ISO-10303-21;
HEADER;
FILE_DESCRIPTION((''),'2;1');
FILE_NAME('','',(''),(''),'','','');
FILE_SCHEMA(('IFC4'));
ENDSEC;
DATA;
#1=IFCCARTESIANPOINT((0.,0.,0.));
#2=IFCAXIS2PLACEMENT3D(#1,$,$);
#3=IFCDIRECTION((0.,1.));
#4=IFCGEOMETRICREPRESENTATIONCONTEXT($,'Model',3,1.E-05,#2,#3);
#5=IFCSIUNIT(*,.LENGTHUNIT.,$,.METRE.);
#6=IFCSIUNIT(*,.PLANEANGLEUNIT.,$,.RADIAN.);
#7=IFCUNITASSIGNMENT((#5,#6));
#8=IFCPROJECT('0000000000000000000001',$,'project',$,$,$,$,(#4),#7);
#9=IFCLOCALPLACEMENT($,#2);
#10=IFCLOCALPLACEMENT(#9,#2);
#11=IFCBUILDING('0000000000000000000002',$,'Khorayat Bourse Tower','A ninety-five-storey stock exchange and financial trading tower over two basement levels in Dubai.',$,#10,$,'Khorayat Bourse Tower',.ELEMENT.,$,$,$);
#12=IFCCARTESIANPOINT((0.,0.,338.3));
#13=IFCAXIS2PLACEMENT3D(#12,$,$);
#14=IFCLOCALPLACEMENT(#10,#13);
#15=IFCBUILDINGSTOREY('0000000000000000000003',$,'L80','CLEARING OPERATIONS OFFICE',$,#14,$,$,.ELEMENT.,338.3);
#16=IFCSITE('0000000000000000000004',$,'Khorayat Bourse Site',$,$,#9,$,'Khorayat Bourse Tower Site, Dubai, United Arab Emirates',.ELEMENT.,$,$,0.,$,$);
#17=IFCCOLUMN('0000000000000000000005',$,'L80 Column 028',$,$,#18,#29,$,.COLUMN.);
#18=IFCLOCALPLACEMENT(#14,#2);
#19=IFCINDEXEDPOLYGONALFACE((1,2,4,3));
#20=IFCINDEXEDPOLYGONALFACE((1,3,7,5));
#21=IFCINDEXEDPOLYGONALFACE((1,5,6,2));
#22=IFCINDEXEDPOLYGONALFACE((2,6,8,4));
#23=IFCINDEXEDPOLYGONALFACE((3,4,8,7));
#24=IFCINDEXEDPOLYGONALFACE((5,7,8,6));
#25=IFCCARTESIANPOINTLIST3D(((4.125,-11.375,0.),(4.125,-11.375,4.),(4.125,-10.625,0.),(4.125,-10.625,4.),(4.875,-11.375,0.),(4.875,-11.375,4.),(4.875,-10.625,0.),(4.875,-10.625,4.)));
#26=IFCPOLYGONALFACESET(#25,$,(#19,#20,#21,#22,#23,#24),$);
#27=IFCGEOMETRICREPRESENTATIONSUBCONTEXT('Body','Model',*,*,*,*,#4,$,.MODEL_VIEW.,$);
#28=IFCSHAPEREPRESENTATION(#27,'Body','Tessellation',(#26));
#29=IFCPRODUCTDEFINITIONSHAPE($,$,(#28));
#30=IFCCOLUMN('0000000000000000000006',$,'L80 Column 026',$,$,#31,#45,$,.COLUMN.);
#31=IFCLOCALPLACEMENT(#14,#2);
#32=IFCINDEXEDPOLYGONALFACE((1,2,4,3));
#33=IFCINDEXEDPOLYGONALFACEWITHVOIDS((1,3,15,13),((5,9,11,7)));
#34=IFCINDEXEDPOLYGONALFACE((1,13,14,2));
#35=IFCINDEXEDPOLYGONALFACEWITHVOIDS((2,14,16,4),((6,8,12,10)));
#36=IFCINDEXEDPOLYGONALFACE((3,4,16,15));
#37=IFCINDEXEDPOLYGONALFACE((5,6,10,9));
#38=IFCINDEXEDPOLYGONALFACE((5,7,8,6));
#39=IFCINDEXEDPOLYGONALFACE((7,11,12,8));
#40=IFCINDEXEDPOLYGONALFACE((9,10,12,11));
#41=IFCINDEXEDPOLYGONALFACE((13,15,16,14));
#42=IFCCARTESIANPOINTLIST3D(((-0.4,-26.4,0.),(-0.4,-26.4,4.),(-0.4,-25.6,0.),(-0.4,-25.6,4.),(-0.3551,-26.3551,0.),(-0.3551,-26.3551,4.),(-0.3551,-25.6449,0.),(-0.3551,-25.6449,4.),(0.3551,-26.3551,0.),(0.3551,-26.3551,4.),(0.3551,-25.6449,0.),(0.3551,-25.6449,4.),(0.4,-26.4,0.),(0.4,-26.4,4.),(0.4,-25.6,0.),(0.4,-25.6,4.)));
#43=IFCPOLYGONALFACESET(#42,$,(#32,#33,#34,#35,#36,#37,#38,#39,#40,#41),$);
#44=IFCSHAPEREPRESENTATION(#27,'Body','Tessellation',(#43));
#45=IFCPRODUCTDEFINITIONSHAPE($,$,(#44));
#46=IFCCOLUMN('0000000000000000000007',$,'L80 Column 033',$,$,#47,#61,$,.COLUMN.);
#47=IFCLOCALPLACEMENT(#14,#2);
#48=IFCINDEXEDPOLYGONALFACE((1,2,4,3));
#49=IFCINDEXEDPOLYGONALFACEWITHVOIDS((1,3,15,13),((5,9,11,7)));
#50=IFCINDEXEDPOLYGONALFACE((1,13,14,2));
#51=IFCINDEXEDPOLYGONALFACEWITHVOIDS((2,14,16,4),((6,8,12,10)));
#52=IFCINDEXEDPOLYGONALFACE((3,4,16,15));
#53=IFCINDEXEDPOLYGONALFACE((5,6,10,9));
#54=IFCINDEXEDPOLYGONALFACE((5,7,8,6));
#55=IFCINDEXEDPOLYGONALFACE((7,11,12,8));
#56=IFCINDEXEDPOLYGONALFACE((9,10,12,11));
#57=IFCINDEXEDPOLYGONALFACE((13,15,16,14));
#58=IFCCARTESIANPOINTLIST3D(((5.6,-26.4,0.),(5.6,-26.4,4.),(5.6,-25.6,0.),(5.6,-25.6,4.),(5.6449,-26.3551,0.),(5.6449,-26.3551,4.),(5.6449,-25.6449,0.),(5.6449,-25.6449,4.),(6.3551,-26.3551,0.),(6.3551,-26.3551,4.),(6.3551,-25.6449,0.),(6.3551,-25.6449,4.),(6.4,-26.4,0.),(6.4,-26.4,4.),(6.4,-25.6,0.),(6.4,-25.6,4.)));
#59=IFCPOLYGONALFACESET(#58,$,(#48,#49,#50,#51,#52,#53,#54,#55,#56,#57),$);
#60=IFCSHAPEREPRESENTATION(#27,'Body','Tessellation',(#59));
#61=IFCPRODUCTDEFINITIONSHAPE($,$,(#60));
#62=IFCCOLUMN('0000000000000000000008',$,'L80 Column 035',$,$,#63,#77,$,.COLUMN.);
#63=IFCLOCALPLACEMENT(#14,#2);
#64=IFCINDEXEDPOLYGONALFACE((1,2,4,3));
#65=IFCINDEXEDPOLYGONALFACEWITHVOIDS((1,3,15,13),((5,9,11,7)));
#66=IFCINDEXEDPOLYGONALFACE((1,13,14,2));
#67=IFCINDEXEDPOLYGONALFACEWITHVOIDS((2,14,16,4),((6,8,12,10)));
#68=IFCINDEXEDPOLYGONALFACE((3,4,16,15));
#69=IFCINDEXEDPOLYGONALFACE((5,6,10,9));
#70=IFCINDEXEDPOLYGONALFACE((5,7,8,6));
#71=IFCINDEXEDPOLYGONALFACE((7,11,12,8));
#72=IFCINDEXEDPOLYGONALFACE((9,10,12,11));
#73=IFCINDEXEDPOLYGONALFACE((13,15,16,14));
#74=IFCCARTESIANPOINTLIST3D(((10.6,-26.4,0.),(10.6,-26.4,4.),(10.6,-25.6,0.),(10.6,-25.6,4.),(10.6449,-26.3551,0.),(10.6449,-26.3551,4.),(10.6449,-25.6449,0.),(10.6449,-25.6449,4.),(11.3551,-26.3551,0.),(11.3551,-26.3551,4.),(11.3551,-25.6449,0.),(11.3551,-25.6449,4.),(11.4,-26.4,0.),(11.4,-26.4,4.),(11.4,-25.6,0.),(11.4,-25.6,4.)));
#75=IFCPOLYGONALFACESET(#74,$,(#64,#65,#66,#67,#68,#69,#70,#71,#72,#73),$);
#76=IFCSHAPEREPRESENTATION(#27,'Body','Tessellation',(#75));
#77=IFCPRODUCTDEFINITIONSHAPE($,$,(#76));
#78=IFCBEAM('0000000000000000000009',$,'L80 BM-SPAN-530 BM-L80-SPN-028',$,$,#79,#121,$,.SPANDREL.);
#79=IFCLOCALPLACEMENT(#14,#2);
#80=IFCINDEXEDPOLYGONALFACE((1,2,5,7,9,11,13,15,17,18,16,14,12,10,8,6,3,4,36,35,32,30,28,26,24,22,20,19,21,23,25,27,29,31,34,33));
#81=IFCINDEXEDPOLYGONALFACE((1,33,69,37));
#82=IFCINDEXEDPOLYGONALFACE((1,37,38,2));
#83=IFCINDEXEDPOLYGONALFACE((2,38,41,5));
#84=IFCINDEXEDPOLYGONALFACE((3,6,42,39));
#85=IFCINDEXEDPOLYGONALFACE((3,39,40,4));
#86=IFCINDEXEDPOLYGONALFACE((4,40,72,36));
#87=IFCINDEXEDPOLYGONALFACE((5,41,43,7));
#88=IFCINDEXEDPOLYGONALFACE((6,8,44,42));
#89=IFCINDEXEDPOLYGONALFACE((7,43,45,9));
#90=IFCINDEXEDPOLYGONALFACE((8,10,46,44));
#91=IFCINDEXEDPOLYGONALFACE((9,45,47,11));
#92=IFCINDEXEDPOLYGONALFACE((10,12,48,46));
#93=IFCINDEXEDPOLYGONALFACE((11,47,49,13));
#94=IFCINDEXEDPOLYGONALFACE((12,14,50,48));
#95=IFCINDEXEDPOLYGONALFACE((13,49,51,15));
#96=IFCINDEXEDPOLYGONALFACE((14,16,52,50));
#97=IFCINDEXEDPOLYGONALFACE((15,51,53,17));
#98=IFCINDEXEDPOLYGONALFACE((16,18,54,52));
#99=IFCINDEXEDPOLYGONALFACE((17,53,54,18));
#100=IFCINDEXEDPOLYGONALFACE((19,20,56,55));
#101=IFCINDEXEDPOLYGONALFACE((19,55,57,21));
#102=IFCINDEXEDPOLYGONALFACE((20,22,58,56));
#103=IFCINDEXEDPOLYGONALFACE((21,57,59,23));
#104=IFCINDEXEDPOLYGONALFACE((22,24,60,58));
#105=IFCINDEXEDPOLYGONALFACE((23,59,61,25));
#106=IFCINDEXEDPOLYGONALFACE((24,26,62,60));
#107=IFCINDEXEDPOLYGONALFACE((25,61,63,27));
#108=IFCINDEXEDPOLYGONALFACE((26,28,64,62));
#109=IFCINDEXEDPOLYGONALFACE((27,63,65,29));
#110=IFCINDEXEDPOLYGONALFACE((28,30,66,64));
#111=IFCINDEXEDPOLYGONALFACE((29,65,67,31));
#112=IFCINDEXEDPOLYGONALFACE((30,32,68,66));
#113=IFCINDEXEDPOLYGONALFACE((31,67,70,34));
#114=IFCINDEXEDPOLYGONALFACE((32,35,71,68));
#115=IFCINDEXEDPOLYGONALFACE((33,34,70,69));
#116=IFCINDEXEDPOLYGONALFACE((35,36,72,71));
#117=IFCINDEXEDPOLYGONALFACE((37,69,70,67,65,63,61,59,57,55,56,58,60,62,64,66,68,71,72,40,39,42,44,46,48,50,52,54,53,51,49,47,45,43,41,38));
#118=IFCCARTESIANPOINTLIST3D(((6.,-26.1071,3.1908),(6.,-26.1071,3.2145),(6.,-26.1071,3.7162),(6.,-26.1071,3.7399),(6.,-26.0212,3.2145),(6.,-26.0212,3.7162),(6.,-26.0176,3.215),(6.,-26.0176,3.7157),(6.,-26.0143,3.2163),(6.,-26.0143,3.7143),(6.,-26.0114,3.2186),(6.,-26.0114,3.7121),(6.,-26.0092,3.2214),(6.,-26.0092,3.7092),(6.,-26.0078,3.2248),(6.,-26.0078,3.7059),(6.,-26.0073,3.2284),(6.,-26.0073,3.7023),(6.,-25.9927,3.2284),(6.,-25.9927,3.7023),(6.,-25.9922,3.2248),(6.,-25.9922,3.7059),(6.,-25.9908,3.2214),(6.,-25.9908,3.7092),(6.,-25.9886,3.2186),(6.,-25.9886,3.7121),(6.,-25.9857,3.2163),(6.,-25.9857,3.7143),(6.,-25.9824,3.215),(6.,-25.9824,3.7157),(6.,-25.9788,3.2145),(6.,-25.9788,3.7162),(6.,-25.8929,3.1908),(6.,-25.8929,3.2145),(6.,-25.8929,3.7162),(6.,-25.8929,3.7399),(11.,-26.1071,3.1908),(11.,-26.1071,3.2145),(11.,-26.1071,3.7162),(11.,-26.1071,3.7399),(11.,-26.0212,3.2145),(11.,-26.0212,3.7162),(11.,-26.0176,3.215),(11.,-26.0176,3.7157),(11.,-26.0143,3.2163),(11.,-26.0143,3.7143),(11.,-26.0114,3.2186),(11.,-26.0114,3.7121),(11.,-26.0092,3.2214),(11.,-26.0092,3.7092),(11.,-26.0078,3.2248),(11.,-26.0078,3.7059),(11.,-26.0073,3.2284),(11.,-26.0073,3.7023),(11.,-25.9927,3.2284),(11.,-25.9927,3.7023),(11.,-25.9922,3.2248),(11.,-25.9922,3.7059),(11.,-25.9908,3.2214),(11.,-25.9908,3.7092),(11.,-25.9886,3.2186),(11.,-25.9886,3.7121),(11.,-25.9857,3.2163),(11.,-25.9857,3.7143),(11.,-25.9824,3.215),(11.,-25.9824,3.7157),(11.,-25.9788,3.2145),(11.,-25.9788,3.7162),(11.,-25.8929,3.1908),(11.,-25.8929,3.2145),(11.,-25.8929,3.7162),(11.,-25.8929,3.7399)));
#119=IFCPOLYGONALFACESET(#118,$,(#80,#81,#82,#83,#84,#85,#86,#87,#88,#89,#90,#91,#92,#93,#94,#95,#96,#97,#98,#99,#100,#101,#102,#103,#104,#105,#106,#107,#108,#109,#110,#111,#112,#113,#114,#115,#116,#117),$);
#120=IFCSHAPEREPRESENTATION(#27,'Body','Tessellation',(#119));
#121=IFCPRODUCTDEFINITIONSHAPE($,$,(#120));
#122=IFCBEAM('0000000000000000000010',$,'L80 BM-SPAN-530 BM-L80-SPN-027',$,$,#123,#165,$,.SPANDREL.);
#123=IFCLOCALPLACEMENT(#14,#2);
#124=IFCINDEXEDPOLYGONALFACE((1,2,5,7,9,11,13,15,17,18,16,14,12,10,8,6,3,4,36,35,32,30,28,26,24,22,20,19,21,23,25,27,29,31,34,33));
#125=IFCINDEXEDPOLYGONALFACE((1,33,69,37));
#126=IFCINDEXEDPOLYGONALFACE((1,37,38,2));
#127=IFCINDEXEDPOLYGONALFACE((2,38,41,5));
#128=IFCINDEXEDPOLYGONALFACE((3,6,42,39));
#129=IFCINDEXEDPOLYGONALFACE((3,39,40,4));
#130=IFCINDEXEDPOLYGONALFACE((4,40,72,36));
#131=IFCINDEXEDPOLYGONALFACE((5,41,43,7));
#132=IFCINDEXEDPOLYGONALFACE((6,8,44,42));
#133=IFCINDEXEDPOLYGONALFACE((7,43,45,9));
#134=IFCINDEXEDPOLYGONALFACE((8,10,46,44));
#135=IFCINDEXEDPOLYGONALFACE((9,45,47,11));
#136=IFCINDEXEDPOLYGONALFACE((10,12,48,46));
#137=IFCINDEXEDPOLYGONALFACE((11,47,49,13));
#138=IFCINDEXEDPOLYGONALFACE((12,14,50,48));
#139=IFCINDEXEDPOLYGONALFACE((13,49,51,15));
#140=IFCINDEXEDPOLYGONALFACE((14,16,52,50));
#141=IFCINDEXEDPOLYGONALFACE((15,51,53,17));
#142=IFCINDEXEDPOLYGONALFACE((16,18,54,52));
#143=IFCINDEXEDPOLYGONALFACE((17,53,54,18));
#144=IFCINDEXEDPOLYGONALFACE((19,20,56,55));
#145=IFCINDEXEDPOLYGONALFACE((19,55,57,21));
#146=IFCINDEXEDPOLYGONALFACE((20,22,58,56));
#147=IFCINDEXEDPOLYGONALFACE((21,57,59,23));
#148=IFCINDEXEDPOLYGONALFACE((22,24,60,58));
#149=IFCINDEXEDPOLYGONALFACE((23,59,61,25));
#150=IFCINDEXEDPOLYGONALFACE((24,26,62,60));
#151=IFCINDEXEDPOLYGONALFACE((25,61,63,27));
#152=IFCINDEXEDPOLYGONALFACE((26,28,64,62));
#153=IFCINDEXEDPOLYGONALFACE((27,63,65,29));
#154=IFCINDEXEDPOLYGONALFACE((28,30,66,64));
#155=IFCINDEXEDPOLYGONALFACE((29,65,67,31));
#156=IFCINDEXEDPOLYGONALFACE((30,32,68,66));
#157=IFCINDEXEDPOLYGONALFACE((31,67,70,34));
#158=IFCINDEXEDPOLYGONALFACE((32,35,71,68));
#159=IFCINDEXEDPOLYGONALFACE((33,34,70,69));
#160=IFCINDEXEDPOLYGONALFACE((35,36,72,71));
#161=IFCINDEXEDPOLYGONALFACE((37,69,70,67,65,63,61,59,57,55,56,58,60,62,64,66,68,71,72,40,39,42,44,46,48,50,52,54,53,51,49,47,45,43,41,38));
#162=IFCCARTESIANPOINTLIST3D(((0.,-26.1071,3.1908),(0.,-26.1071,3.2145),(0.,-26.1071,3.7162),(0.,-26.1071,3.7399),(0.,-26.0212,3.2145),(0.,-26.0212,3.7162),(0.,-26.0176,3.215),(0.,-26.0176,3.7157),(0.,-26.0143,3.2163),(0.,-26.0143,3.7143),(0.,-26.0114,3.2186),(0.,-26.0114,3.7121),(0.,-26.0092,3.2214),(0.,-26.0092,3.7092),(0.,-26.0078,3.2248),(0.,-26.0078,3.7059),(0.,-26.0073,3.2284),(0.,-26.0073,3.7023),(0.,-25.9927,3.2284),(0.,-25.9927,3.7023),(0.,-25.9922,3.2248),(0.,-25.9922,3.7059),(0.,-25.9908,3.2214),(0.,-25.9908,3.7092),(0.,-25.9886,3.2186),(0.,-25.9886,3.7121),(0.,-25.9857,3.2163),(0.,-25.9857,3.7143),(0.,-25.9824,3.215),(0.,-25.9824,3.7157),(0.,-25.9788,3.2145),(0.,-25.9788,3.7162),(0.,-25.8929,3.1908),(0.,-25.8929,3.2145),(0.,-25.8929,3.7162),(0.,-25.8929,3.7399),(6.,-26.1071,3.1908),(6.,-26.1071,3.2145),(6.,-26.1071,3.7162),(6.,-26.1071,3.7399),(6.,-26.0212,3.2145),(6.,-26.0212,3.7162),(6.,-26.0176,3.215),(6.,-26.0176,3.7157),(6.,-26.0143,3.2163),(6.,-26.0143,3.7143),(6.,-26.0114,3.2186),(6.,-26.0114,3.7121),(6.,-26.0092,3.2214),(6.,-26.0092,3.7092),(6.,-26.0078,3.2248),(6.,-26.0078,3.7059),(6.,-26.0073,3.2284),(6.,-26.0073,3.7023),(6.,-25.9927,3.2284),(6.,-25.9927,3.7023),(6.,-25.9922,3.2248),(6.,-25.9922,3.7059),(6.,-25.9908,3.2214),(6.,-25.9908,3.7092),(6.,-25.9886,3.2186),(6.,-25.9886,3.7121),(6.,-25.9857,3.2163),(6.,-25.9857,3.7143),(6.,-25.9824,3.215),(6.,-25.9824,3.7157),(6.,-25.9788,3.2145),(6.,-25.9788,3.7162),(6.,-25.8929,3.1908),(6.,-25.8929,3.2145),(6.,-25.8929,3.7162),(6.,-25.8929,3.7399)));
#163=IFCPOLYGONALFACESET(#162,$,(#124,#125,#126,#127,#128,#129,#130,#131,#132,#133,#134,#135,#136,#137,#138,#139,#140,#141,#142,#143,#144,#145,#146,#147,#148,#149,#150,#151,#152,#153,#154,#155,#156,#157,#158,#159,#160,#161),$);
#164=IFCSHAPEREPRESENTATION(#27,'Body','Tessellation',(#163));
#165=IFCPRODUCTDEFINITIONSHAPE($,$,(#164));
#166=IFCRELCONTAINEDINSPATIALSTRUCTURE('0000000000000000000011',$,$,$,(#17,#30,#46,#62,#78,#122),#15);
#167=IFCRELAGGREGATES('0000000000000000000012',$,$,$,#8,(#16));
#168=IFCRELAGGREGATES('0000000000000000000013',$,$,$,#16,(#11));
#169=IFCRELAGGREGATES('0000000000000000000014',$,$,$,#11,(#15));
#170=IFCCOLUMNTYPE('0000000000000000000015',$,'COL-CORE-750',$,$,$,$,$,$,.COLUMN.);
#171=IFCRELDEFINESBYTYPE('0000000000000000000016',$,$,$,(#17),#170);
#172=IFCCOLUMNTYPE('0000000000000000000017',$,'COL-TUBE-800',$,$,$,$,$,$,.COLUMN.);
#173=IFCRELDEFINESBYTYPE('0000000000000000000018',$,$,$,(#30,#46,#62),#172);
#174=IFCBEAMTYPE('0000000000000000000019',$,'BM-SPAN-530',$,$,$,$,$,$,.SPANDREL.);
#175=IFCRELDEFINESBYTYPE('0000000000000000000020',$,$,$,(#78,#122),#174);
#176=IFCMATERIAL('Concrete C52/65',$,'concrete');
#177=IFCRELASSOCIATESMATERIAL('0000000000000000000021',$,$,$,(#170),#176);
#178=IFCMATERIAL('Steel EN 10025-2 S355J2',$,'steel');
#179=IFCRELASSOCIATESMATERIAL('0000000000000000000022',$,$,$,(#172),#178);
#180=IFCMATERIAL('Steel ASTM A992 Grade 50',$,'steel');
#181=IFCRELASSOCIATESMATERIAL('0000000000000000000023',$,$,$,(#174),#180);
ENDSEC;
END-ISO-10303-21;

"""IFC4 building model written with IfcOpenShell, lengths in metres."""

from ifc_helpers import new_model, si_unit, direction, frame, origin, origin_2d, place, context, subcontext, project, spatial, rectangle, hollow_rectangle, i_section, extrude, source, transform, mapped, material, material_profile, profile_set, type_object, element, save


model = new_model("IFC4")

# Units and contexts
model_context = context("Model", 3, precision=1e-05, world=origin(), true_north=direction((0.0, 1.0)))
body_context = subcontext(model_context, "Body", "Model", "MODEL_VIEW")
ifc_project = project(units=[si_unit("LENGTHUNIT", "METRE"), si_unit("PLANEANGLEUNIT", "RADIAN")], contexts=[model_context])

# Site, building, storey
site_placement = place(None, origin())
site = spatial("IfcSite", under=ifc_project, at=site_placement, Name="Khorayat Bourse Site", LongName="Khorayat Bourse Tower Site, Dubai, United Arab Emirates", CompositionType="ELEMENT", RefElevation=0.0)
building_placement = place(site_placement, origin())
building = spatial("IfcBuilding", under=site, at=building_placement, Name="Khorayat Bourse Tower", Description="A ninety-five-storey stock exchange and financial trading tower over two basement levels in Dubai.", LongName="Khorayat Bourse Tower", CompositionType="ELEMENT")
storey_placement = place(building_placement, frame((0.0, 0.0, 338.3)))
storey = spatial("IfcBuildingStorey", under=building, at=storey_placement, Name="L80", Description="CLEARING OPERATIONS OFFICE", CompositionType="ELEMENT", Elevation=338.3)

# Columns
ifc_material_1 = material(Name="Concrete C52/65", Category="concrete")
ifc_material_profile_1 = material_profile(ifc_material_1, rectangle(XDim=0.75, YDim=0.75, at=origin_2d()), Name="RC 750x750")
ifc_profile_set_1 = profile_set([ifc_material_profile_1], Name="Concrete C52/65")
column_type_1 = type_object("IfcColumnType", Name="COL-CORE-750", PredefinedType="COLUMN", material=ifc_profile_set_1)
shared_shape_1 = source(origin(), body_context, "Body", "SweptSolid", [
    extrude(rectangle(XDim=0.75, YDim=0.75, at=origin_2d()), origin(), (0.0, 0.0, 1.0), 4.0),
])
column_placement = place(storey_placement, frame((4.5, -11.0, 0.0), z_axis=(0.0, 0.0, 1.0), x_axis=(1.0, 0.0, 0.0)))
element("IfcColumn", 1, at=column_placement, inside=storey, type_object=column_type_1, Name="L80 Column 028", PredefinedType="COLUMN", context=body_context, shape_type="MappedRepresentation", body=[
    mapped(shared_shape_1, transform((0.0, 0.0, 0.0), scale=1.0)),
])
ifc_material_2 = material(Name="Steel EN 10025-2 S355J2", Category="steel")
ifc_material_profile_2 = material_profile(ifc_material_2, hollow_rectangle(XDim=0.8, YDim=0.8, WallThickness=0.0449, at=origin_2d()), Name="BOX 800x800x45")
ifc_profile_set_2 = profile_set([ifc_material_profile_2], Name="Steel EN 10025-2 S355J2")
column_type_2 = type_object("IfcColumnType", Name="COL-TUBE-800", PredefinedType="COLUMN", material=ifc_profile_set_2)
shared_shape_2 = source(origin(), body_context, "Body", "SweptSolid", [
    extrude(hollow_rectangle(XDim=0.8, YDim=0.8, WallThickness=0.0449, at=origin_2d()), origin(), (0.0, 0.0, 1.0), 4.0),
])
for number, where, z_axis, x_axis, name in (
    (2, (0.0, -26.0, 0.0), (0.0, 0.0, 1.0), (1.0, 0.0, 0.0), "L80 Column 026"),
    (3, (6.0, -26.0, 0.0), (0.0, 0.0, 1.0), (1.0, 0.0, 0.0), "L80 Column 033"),
    (4, (11.0, -26.0, 0.0), (0.0, 0.0, 1.0), (1.0, 0.0, 0.0), "L80 Column 035"),
):
    element("IfcColumn", number, at=place(storey_placement, frame(where, z_axis=z_axis, x_axis=x_axis)), inside=storey, type_object=column_type_2, Name=name, PredefinedType="COLUMN", context=body_context, shape_type="MappedRepresentation", body=[
        mapped(shared_shape_2, transform((0.0, 0.0, 0.0), scale=1.0)),
    ])

# Beams
ifc_material_3 = material(Name="Steel ASTM A992 Grade 50", Category="steel")
ifc_material_profile_3 = material_profile(ifc_material_3, i_section(OverallWidth=0.2141, OverallDepth=0.5491, WebThickness=0.0146, FlangeThickness=0.0237, FilletRadius=0.0139, at=origin_2d()), Name="W530X138")
ifc_profile_set_3 = profile_set([ifc_material_profile_3], Name="Steel ASTM A992 Grade 50")
beam_type_1 = type_object("IfcBeamType", Name="BM-SPAN-530", PredefinedType="SPANDREL", material=ifc_profile_set_3)
shared_shape_3 = source(origin(), body_context, "Body", "SweptSolid", [
    extrude(i_section(OverallWidth=0.2141, OverallDepth=0.5491, WebThickness=0.0146, FlangeThickness=0.0237, FilletRadius=0.0139, at=origin_2d()), origin(), (0.0, 0.0, 1.0), 5.0),
])
beam_1_placement = place(storey_placement, frame((6.0, -26.0, 3.4653), z_axis=(1.0, 0.0, 0.0), x_axis=(0.0, 1.0, 0.0)))
element("IfcBeam", 5, at=beam_1_placement, inside=storey, type_object=beam_type_1, Name="L80 BM-SPAN-530 BM-L80-SPN-028", PredefinedType="SPANDREL", context=body_context, shape_type="MappedRepresentation", body=[
    mapped(shared_shape_3, transform((0.0, 0.0, 0.0), scale=1.0)),
])
shared_shape_4 = source(origin(), body_context, "Body", "SweptSolid", [
    extrude(i_section(OverallWidth=0.2141, OverallDepth=0.5491, WebThickness=0.0146, FlangeThickness=0.0237, FilletRadius=0.0139, at=origin_2d()), origin(), (0.0, 0.0, 1.0), 6.0),
])
beam_2_placement = place(storey_placement, frame((0.0, -26.0, 3.4653), z_axis=(1.0, 0.0, 0.0), x_axis=(0.0, 1.0, 0.0)))
element("IfcBeam", 6, at=beam_2_placement, inside=storey, type_object=beam_type_1, Name="L80 BM-SPAN-530 BM-L80-SPN-027", PredefinedType="SPANDREL", context=body_context, shape_type="MappedRepresentation", body=[
    mapped(shared_shape_4, transform((0.0, 0.0, 0.0), scale=1.0)),
])

save(model, "model.ifc")
